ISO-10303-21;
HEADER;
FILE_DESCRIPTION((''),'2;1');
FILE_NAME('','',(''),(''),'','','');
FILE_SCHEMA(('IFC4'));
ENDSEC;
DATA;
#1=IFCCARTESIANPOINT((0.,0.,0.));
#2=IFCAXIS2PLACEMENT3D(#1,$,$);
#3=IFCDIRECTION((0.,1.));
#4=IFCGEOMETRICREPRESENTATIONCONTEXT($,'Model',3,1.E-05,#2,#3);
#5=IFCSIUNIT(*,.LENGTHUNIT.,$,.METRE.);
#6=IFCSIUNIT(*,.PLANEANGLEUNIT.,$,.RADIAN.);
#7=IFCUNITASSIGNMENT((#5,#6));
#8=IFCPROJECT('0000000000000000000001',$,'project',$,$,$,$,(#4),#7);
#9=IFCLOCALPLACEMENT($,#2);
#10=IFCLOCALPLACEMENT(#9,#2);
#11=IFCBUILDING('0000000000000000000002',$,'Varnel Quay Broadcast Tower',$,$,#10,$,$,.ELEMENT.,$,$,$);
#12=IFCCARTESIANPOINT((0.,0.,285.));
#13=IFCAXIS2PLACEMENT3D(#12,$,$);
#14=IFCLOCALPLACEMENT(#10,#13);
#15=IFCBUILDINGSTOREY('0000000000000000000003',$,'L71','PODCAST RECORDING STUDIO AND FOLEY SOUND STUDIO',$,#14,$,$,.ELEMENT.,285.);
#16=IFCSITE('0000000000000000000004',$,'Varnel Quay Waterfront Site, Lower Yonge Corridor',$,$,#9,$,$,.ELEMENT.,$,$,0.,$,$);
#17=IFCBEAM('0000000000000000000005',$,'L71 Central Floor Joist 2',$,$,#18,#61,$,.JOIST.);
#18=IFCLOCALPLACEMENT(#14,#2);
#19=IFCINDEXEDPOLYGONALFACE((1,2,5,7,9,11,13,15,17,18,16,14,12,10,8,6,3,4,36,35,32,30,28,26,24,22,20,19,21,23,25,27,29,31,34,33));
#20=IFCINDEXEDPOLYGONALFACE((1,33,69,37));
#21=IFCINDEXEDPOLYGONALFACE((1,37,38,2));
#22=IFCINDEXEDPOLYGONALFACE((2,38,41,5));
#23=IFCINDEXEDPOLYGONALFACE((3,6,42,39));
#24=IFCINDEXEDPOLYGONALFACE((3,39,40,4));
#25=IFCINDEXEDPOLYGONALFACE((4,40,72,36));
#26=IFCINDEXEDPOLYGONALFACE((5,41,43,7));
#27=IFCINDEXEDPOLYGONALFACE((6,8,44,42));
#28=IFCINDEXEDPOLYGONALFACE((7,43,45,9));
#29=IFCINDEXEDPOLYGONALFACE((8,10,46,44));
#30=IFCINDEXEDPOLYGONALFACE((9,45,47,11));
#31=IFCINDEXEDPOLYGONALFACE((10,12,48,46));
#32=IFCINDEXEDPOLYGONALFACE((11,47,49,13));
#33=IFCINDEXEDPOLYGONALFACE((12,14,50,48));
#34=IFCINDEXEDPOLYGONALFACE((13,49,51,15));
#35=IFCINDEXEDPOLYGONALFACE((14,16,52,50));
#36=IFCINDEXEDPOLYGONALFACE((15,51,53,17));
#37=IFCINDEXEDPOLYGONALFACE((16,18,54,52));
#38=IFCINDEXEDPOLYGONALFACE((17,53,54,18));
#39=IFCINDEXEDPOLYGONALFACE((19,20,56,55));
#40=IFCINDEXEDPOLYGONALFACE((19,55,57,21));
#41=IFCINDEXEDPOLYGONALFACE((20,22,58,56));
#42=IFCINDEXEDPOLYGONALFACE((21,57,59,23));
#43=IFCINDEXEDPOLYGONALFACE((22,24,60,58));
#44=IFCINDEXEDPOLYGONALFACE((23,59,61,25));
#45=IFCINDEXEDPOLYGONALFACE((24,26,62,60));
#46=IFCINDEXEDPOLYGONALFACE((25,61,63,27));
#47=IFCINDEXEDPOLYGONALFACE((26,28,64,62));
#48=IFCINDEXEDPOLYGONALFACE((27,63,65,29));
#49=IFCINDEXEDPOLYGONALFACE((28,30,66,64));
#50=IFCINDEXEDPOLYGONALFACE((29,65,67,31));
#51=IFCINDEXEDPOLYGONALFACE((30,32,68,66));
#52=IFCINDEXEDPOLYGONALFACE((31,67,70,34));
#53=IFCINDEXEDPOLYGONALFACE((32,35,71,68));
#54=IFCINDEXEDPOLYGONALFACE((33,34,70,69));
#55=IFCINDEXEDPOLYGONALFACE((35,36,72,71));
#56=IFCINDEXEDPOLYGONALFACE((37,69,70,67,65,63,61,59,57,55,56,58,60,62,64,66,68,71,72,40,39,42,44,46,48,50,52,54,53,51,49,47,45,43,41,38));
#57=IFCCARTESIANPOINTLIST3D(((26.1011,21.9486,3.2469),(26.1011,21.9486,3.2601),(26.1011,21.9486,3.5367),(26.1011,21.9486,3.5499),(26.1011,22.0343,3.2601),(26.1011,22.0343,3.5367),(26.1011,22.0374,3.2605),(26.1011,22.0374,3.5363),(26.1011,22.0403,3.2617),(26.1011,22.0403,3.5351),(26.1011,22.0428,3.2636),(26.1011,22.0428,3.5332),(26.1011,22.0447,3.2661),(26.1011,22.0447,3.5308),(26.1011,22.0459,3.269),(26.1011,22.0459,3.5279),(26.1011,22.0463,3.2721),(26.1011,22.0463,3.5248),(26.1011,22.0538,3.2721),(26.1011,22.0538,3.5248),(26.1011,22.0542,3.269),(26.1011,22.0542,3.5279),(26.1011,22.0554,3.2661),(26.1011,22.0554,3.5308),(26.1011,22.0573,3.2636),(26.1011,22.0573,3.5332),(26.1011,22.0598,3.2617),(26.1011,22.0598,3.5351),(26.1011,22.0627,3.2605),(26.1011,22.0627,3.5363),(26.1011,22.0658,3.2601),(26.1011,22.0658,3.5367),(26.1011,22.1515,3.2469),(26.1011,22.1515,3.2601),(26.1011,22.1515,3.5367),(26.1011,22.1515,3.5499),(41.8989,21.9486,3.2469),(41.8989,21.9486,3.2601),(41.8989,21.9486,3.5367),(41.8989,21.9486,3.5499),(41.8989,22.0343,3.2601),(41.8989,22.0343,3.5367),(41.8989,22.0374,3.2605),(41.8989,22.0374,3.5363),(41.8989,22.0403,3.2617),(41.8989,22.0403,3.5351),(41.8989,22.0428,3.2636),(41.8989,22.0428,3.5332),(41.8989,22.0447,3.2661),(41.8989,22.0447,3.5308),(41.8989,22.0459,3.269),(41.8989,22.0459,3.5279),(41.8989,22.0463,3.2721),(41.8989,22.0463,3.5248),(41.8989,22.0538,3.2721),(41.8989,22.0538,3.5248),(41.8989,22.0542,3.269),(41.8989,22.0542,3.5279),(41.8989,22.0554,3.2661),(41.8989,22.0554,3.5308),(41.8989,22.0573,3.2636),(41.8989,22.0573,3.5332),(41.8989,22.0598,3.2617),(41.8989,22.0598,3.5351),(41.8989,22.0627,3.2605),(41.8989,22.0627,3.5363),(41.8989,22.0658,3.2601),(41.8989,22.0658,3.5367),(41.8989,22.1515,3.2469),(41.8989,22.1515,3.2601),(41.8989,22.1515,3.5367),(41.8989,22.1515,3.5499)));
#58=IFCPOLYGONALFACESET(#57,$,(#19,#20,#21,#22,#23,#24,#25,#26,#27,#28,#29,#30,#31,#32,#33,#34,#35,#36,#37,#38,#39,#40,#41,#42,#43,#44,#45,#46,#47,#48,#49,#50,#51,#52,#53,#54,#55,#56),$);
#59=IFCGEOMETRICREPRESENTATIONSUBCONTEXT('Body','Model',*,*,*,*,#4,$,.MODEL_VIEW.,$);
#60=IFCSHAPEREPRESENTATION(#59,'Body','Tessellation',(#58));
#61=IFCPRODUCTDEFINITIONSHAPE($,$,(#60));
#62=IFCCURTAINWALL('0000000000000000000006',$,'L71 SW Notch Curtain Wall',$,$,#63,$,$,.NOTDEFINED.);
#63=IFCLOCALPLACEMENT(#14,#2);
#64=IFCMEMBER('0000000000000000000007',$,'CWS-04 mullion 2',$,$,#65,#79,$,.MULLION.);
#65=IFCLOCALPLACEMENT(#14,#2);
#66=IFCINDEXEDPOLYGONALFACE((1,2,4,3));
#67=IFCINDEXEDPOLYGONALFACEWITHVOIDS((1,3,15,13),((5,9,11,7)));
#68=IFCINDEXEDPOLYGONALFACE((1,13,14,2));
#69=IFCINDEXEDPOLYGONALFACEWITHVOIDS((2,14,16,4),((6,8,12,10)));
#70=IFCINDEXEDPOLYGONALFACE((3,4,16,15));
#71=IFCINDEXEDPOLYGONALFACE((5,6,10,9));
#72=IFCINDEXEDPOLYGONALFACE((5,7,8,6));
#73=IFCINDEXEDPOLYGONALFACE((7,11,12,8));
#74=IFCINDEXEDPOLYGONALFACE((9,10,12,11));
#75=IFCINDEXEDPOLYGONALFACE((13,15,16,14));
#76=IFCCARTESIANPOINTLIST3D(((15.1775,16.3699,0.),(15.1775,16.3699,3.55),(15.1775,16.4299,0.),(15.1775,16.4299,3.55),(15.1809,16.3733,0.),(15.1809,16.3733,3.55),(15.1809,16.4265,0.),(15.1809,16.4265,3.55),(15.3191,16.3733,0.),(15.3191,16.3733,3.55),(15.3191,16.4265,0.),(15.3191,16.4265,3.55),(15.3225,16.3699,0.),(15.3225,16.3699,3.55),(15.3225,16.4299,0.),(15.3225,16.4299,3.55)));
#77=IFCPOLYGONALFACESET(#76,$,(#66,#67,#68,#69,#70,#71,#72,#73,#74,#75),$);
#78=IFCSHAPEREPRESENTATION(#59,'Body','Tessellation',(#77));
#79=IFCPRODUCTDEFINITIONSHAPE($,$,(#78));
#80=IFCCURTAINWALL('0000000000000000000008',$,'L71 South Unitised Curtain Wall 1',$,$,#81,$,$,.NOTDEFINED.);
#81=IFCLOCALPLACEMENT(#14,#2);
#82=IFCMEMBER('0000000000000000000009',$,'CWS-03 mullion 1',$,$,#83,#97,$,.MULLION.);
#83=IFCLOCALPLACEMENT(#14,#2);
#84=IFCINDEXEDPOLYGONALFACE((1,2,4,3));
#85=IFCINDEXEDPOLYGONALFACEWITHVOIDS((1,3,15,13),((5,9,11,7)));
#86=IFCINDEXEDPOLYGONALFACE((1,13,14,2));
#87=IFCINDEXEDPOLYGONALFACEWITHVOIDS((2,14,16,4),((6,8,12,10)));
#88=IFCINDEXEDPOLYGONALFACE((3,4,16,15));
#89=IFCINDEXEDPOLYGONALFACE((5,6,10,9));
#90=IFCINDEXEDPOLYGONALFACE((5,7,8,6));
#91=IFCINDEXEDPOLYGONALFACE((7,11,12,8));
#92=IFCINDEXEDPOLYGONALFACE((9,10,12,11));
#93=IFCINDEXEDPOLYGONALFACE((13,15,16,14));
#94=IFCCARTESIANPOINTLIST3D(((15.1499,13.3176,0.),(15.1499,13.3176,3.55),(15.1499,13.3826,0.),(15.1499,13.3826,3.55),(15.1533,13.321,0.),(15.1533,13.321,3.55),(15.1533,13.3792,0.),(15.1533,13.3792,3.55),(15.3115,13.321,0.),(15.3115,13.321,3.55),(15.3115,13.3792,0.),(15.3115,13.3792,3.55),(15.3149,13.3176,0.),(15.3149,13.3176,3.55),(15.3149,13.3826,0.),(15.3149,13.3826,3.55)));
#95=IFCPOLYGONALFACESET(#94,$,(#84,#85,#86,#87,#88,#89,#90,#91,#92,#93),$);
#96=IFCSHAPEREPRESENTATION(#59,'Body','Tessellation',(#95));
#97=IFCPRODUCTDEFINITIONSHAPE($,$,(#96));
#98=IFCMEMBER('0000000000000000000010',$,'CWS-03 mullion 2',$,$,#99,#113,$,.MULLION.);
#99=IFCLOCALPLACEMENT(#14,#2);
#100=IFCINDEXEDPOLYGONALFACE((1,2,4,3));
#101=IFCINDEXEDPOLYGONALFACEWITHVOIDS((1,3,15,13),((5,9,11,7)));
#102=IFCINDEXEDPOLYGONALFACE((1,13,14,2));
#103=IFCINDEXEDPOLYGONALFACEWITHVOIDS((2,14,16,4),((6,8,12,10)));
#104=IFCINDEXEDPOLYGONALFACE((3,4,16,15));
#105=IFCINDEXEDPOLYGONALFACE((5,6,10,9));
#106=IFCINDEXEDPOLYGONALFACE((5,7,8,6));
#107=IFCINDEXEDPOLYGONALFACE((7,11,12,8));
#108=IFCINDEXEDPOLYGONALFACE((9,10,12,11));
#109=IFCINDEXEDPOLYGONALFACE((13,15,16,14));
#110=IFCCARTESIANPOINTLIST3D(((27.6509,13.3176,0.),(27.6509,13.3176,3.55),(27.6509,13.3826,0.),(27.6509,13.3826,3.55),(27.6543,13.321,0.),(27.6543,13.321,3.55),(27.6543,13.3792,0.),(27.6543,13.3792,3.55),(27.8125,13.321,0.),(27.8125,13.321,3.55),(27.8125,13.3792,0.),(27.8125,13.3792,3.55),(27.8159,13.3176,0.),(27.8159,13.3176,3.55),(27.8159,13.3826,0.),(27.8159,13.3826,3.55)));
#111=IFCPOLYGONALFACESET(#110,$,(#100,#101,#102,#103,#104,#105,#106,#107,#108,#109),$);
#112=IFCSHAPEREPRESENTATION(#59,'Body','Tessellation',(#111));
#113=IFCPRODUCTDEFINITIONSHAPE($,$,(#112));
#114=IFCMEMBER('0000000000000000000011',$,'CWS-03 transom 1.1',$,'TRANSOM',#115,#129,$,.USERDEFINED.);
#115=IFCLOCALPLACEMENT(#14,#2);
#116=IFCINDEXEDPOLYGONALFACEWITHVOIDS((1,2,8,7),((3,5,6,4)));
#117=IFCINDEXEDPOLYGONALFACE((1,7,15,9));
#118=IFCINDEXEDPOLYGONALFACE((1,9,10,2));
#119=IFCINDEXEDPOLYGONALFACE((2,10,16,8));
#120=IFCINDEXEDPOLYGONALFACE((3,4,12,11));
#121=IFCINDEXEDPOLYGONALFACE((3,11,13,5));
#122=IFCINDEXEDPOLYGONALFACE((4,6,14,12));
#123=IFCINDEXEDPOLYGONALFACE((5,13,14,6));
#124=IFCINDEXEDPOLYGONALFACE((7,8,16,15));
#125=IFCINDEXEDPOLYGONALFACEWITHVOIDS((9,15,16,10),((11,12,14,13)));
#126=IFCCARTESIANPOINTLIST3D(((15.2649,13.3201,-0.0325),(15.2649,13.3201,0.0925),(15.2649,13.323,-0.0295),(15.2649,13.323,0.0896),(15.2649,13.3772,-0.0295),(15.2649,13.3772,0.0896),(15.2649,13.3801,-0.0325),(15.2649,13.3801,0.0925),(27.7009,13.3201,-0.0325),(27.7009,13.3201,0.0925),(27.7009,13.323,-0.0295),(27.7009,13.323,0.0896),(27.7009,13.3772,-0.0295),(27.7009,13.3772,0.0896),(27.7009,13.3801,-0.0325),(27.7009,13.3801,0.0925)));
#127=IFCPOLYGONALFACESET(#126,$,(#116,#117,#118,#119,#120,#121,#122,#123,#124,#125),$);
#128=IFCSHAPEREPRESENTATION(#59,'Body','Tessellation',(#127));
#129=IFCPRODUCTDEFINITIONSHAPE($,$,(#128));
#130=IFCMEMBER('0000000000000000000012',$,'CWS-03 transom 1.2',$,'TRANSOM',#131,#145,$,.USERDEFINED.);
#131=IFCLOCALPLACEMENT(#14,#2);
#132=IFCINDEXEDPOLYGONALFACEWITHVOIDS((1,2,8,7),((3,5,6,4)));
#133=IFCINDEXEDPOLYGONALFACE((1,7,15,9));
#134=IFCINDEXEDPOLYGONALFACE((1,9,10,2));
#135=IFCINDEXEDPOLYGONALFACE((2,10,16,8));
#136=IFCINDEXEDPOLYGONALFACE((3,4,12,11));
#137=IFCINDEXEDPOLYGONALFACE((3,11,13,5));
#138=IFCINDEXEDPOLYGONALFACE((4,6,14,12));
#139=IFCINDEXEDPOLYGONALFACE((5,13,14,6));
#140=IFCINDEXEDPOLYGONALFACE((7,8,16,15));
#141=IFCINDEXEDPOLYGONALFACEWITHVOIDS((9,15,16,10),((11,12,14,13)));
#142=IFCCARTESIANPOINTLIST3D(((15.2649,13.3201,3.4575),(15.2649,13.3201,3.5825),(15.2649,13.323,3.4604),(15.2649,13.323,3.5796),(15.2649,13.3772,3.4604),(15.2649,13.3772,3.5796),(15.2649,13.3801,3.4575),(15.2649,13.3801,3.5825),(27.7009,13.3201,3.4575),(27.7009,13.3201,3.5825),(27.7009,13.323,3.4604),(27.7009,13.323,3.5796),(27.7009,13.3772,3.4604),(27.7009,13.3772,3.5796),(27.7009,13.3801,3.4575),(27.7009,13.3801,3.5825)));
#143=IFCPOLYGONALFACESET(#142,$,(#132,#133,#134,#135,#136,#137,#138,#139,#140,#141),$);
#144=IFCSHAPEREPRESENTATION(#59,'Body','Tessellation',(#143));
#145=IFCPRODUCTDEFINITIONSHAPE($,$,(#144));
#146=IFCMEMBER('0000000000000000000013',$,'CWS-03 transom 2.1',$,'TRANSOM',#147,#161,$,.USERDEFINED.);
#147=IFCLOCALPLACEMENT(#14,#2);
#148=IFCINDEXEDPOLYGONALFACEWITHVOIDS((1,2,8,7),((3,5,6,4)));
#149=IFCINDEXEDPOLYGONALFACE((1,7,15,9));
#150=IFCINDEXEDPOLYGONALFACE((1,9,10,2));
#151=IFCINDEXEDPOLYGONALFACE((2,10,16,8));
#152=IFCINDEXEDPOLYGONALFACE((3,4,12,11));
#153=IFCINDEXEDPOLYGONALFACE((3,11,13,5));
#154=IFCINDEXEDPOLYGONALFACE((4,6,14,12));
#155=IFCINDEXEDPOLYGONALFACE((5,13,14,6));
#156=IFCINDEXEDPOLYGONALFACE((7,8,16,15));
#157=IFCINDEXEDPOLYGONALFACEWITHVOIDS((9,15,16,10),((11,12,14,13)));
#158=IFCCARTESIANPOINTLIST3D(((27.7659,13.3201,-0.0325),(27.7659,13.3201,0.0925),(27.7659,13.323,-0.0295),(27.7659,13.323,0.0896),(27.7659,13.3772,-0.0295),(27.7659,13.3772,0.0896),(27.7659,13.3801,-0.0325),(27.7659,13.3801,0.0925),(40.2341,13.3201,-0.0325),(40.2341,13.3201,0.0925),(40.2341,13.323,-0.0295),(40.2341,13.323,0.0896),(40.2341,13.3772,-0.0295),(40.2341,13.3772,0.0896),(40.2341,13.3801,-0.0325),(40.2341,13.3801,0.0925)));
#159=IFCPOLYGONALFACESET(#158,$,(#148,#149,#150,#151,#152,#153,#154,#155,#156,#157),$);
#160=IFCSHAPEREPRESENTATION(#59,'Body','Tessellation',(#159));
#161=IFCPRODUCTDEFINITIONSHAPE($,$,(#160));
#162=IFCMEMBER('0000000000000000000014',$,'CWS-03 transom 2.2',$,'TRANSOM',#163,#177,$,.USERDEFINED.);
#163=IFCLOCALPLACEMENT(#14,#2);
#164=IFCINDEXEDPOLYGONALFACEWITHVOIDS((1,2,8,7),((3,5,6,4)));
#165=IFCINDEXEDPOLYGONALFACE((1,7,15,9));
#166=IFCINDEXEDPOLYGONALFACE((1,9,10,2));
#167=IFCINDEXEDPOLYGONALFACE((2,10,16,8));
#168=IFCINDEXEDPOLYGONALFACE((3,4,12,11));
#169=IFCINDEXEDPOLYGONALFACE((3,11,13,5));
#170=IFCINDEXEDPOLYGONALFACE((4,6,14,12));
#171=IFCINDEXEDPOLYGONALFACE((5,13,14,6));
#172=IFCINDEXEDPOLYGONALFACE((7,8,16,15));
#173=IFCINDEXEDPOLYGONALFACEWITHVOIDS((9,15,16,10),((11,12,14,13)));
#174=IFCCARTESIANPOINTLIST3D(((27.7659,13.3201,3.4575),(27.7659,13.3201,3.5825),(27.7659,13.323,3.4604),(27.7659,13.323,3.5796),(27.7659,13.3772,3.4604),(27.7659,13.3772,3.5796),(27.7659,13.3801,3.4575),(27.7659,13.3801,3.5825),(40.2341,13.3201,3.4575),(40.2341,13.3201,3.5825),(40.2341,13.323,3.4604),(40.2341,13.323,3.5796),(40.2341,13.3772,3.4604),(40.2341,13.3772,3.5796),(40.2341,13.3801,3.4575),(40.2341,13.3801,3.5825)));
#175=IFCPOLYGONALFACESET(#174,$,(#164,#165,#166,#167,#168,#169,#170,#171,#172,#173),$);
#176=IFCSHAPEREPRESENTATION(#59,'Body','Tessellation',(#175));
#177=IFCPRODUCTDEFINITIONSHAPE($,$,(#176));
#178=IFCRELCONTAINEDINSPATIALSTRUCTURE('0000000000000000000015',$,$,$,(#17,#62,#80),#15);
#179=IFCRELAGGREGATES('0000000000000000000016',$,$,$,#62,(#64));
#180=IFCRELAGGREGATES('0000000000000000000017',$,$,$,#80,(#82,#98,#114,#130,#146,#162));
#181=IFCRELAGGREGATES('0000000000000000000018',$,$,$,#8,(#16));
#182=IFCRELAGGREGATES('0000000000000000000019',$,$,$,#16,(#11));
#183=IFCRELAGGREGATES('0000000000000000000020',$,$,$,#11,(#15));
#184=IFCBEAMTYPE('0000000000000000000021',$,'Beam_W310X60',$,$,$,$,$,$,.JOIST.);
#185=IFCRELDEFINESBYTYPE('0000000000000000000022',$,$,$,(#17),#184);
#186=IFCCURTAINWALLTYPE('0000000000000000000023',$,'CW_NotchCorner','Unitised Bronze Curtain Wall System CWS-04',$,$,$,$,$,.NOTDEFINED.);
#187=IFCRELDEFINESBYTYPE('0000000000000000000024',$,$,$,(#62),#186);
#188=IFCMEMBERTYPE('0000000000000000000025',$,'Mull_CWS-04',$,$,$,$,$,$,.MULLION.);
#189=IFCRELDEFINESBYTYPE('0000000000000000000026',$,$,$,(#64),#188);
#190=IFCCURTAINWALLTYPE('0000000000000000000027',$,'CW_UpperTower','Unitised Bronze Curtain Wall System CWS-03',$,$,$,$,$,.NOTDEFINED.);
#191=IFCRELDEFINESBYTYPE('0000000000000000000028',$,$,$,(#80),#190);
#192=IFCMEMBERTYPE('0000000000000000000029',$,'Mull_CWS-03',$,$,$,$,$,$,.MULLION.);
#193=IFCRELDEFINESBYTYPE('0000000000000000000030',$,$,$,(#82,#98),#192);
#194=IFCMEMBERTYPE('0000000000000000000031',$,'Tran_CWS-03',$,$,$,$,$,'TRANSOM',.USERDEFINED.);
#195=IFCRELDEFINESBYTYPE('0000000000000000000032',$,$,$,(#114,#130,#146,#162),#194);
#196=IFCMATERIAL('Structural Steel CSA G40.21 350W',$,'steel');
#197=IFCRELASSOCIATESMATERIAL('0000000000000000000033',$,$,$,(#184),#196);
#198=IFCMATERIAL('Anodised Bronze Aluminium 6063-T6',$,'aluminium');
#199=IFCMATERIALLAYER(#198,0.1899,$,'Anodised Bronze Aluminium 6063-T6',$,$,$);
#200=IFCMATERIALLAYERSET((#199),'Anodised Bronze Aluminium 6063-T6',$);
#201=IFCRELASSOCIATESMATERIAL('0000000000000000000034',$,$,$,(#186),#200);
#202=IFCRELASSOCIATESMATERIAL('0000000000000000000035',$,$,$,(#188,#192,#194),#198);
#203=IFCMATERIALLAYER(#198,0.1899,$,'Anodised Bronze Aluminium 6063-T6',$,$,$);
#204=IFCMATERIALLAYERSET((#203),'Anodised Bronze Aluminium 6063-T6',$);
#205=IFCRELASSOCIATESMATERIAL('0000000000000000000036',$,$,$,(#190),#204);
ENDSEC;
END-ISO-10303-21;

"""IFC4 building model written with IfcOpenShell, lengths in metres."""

from ifc_helpers import new_model, si_unit, direction, frame, origin, origin_2d, place, context, subcontext, project, spatial, hollow_rectangle, i_section, extrude, source, transform, mapped, material, layer, layer_set, material_profile, profile_set, type_object, type_shapes, element, aggregate, save


model = new_model("IFC4")

# Units and contexts
model_context = context("Model", 3, precision=1e-05, world=origin(), true_north=direction((0.0, 1.0)))
body_context = subcontext(model_context, "Body", "Model", "MODEL_VIEW")
ifc_project = project(units=[si_unit("LENGTHUNIT", "METRE"), si_unit("PLANEANGLEUNIT", "RADIAN")], contexts=[model_context])

# Site, building, storey
site_placement = place(None, origin())
site = spatial("IfcSite", under=ifc_project, at=site_placement, Name="Varnel Quay Waterfront Site, Lower Yonge Corridor", CompositionType="ELEMENT", RefElevation=0.0)
building_placement = place(site_placement, origin())
building = spatial("IfcBuilding", under=site, at=building_placement, Name="Varnel Quay Broadcast Tower", CompositionType="ELEMENT")
storey_placement = place(building_placement, frame((0.0, 0.0, 285.0)))
storey = spatial("IfcBuildingStorey", under=building, at=storey_placement, Name="L71", Description="PODCAST RECORDING STUDIO AND FOLEY SOUND STUDIO", CompositionType="ELEMENT", Elevation=285.0)

# Shared definitions
ifc_material_1 = material(Name="Structural Steel CSA G40.21 350W", Category="steel")

# Beam
ifc_material_profile_1 = material_profile(ifc_material_1, i_section(OverallWidth=0.2029, OverallDepth=0.303, WebThickness=0.0076, FlangeThickness=0.0132, FilletRadius=0.012, at=origin_2d()), Name="W310X60")
ifc_profile_set_1 = profile_set([ifc_material_profile_1], Name="Structural Steel CSA G40.21 350W")
beam_type_1 = type_object("IfcBeamType", Name="Beam_W310X60", PredefinedType="JOIST", material=ifc_profile_set_1)
shared_shape_1 = source(origin(), body_context, "Body", "SweptSolid", [
    extrude(i_section(OverallWidth=0.2029, OverallDepth=0.303, WebThickness=0.0076, FlangeThickness=0.0132, FilletRadius=0.012, at=origin_2d()), origin(), (0.0, 0.0, 1.0), 15.7979),
])
type_shapes(beam_type_1, [shared_shape_1])
beam_1_placement = place(storey_placement, frame((26.1011, 22.05, 3.3984), z_axis=(1.0, 0.0, 0.0), x_axis=(0.0, 1.0, 0.0)))
element("IfcBeam", 1, at=beam_1_placement, inside=storey, type_object=beam_type_1, Name="L71 Central Floor Joist 2", PredefinedType="JOIST", context=body_context, shape_type="MappedRepresentation", body=[
    mapped(shared_shape_1, transform((0.0, 0.0, 0.0), x_axis=(1.0, 0.0, 0.0), y_axis=(0.0, 1.0, 0.0), z_axis=(0.0, 0.0, 1.0), scale=1.0)),
])

# Curtain wall, member
ifc_material_2 = material(Name="Anodised Bronze Aluminium 6063-T6", Category="aluminium")
ifc_layer_1 = layer(ifc_material_2, 0.1899, Name="Anodised Bronze Aluminium 6063-T6")
ifc_layer_set_1 = layer_set([ifc_layer_1], Name="Anodised Bronze Aluminium 6063-T6")
curtain_wall_type_1 = type_object("IfcCurtainWallType", Name="CW_NotchCorner", Description="Unitised Bronze Curtain Wall System CWS-04", PredefinedType="NOTDEFINED", material=ifc_layer_set_1)
curtain_wall_1_placement = place(storey_placement, origin())
curtain_wall_1 = element("IfcCurtainWall", 2, at=curtain_wall_1_placement, inside=storey, type_object=curtain_wall_type_1, Name="L71 SW Notch Curtain Wall", PredefinedType="NOTDEFINED")
ifc_material_profile_2 = material_profile(ifc_material_2, hollow_rectangle(XDim=0.0601, YDim=0.145, WallThickness=0.0034, at=origin_2d()), Name="ALU60X145X3.5")
ifc_profile_set_2 = profile_set([ifc_material_profile_2], Name="Anodised Bronze Aluminium 6063-T6")
member_type_1 = type_object("IfcMemberType", Name="Mull_CWS-04", PredefinedType="MULLION", material=ifc_profile_set_2)
shared_shape_2 = source(origin(), body_context, "Body", "SweptSolid", [
    extrude(hollow_rectangle(XDim=0.0601, YDim=0.145, WallThickness=0.0034, at=origin_2d()), origin(), (0.0, 0.0, 1.0), 3.55),
])
type_shapes(member_type_1, [shared_shape_2])
member_1_placement = place(storey_placement, frame((15.25, 16.3999, 0.0), z_axis=(0.0, 0.0, 1.0), x_axis=(0.0, 1.0, 0.0)))
member_1 = element("IfcMember", 3, at=member_1_placement, type_object=member_type_1, Name="CWS-04 mullion 2", PredefinedType="MULLION", context=body_context, shape_type="MappedRepresentation", body=[
    mapped(shared_shape_2, transform((0.0, 0.0, 0.0), x_axis=(1.0, 0.0, 0.0), y_axis=(0.0, 1.0, 0.0), z_axis=(0.0, 0.0, 1.0), scale=1.0)),
])
aggregate(curtain_wall_1, [member_1])

# Curtain wall, members
ifc_layer_2 = layer(ifc_material_2, 0.1899, Name="Anodised Bronze Aluminium 6063-T6")
ifc_layer_set_2 = layer_set([ifc_layer_2], Name="Anodised Bronze Aluminium 6063-T6")
curtain_wall_type_2 = type_object("IfcCurtainWallType", Name="CW_UpperTower", Description="Unitised Bronze Curtain Wall System CWS-03", PredefinedType="NOTDEFINED", material=ifc_layer_set_2)
curtain_wall_2_placement = place(storey_placement, origin())
curtain_wall_2 = element("IfcCurtainWall", 4, at=curtain_wall_2_placement, inside=storey, type_object=curtain_wall_type_2, Name="L71 South Unitised Curtain Wall 1", PredefinedType="NOTDEFINED")
ifc_material_profile_3 = material_profile(ifc_material_2, hollow_rectangle(XDim=0.0649, YDim=0.165, WallThickness=0.0034, at=origin_2d()), Name="ALU65X165X3.5")
ifc_profile_set_3 = profile_set([ifc_material_profile_3], Name="Anodised Bronze Aluminium 6063-T6")
member_type_2 = type_object("IfcMemberType", Name="Mull_CWS-03", PredefinedType="MULLION", material=ifc_profile_set_3)
shared_shape_3 = source(origin(), body_context, "Body", "SweptSolid", [
    extrude(hollow_rectangle(XDim=0.0649, YDim=0.165, WallThickness=0.0034, at=origin_2d()), origin(), (0.0, 0.0, 1.0), 3.55),
])
type_shapes(member_type_2, [shared_shape_3])
member_2_placement = place(storey_placement, frame((15.2324, 13.3501, 0.0), z_axis=(0.0, 0.0, 1.0), x_axis=(0.0, 1.0, 0.0)))
member_2 = element("IfcMember", 5, at=member_2_placement, type_object=member_type_2, Name="CWS-03 mullion 1", PredefinedType="MULLION", context=body_context, shape_type="MappedRepresentation", body=[
    mapped(shared_shape_3, transform((0.0, 0.0, 0.0), x_axis=(1.0, 0.0, 0.0), y_axis=(0.0, 1.0, 0.0), z_axis=(0.0, 0.0, 1.0), scale=1.0)),
])
member_3_placement = place(storey_placement, frame((27.7334, 13.3501, 0.0), z_axis=(0.0, 0.0, 1.0), x_axis=(0.0, 1.0, 0.0)))
member_3 = element("IfcMember", 6, at=member_3_placement, type_object=member_type_2, Name="CWS-03 mullion 2", PredefinedType="MULLION", context=body_context, shape_type="MappedRepresentation", body=[
    mapped(shared_shape_3, transform((0.0, 0.0, 0.0), x_axis=(1.0, 0.0, 0.0), y_axis=(0.0, 1.0, 0.0), z_axis=(0.0, 0.0, 1.0), scale=1.0)),
])
ifc_material_profile_4 = material_profile(ifc_material_2, hollow_rectangle(XDim=0.0601, YDim=0.125, WallThickness=0.0029, at=origin_2d()), Name="ALU60X125X3")
ifc_profile_set_4 = profile_set([ifc_material_profile_4], Name="Anodised Bronze Aluminium 6063-T6")
member_type_3 = type_object("IfcMemberType", Name="Tran_CWS-03", ElementType="TRANSOM", PredefinedType="USERDEFINED", material=ifc_profile_set_4)
shared_shape_4 = source(origin(), body_context, "Body", "SweptSolid", [
    extrude(hollow_rectangle(XDim=0.0601, YDim=0.125, WallThickness=0.0029, at=origin_2d()), origin(), (0.0, 0.0, 1.0), 12.436),
])
member_4_placement = place(storey_placement, frame((15.2649, 13.3501, 0.03), z_axis=(1.0, 0.0, 0.0), x_axis=(0.0, 1.0, 0.0)))
member_4 = element("IfcMember", 7, at=member_4_placement, type_object=member_type_3, Name="CWS-03 transom 1.1", ObjectType="TRANSOM", PredefinedType="USERDEFINED", context=body_context, shape_type="MappedRepresentation", body=[
    mapped(shared_shape_4, transform((0.0, 0.0, 0.0), x_axis=(1.0, 0.0, 0.0), y_axis=(0.0, 1.0, 0.0), z_axis=(0.0, 0.0, 1.0), scale=1.0)),
])
member_5_placement = place(storey_placement, frame((15.2649, 13.3501, 3.52), z_axis=(1.0, 0.0, 0.0), x_axis=(0.0, 1.0, 0.0)))
member_5 = element("IfcMember", 8, at=member_5_placement, type_object=member_type_3, Name="CWS-03 transom 1.2", ObjectType="TRANSOM", PredefinedType="USERDEFINED", context=body_context, shape_type="MappedRepresentation", body=[
    mapped(shared_shape_4, transform((0.0, 0.0, 0.0), x_axis=(1.0, 0.0, 0.0), y_axis=(0.0, 1.0, 0.0), z_axis=(0.0, 0.0, 1.0), scale=1.0)),
])
shared_shape_5 = source(origin(), body_context, "Body", "SweptSolid", [
    extrude(hollow_rectangle(XDim=0.0601, YDim=0.125, WallThickness=0.0029, at=origin_2d()), origin(), (0.0, 0.0, 1.0), 12.4683),
])
type_shapes(member_type_3, [shared_shape_4, shared_shape_5])
member_6_placement = place(storey_placement, frame((27.7659, 13.3501, 0.03), z_axis=(1.0, 0.0, 0.0), x_axis=(0.0, 1.0, 0.0)))
member_6 = element("IfcMember", 9, at=member_6_placement, type_object=member_type_3, Name="CWS-03 transom 2.1", ObjectType="TRANSOM", PredefinedType="USERDEFINED", context=body_context, shape_type="MappedRepresentation", body=[
    mapped(shared_shape_5, transform((0.0, 0.0, 0.0), x_axis=(1.0, 0.0, 0.0), y_axis=(0.0, 1.0, 0.0), z_axis=(0.0, 0.0, 1.0), scale=1.0)),
])
member_7_placement = place(storey_placement, frame((27.7659, 13.3501, 3.52), z_axis=(1.0, 0.0, 0.0), x_axis=(0.0, 1.0, 0.0)))
member_7 = element("IfcMember", 10, at=member_7_placement, type_object=member_type_3, Name="CWS-03 transom 2.2", ObjectType="TRANSOM", PredefinedType="USERDEFINED", context=body_context, shape_type="MappedRepresentation", body=[
    mapped(shared_shape_5, transform((0.0, 0.0, 0.0), x_axis=(1.0, 0.0, 0.0), y_axis=(0.0, 1.0, 0.0), z_axis=(0.0, 0.0, 1.0), scale=1.0)),
])
aggregate(curtain_wall_2, [member_2, member_3, member_4, member_5, member_6, member_7])

save(model, "model.ifc")
